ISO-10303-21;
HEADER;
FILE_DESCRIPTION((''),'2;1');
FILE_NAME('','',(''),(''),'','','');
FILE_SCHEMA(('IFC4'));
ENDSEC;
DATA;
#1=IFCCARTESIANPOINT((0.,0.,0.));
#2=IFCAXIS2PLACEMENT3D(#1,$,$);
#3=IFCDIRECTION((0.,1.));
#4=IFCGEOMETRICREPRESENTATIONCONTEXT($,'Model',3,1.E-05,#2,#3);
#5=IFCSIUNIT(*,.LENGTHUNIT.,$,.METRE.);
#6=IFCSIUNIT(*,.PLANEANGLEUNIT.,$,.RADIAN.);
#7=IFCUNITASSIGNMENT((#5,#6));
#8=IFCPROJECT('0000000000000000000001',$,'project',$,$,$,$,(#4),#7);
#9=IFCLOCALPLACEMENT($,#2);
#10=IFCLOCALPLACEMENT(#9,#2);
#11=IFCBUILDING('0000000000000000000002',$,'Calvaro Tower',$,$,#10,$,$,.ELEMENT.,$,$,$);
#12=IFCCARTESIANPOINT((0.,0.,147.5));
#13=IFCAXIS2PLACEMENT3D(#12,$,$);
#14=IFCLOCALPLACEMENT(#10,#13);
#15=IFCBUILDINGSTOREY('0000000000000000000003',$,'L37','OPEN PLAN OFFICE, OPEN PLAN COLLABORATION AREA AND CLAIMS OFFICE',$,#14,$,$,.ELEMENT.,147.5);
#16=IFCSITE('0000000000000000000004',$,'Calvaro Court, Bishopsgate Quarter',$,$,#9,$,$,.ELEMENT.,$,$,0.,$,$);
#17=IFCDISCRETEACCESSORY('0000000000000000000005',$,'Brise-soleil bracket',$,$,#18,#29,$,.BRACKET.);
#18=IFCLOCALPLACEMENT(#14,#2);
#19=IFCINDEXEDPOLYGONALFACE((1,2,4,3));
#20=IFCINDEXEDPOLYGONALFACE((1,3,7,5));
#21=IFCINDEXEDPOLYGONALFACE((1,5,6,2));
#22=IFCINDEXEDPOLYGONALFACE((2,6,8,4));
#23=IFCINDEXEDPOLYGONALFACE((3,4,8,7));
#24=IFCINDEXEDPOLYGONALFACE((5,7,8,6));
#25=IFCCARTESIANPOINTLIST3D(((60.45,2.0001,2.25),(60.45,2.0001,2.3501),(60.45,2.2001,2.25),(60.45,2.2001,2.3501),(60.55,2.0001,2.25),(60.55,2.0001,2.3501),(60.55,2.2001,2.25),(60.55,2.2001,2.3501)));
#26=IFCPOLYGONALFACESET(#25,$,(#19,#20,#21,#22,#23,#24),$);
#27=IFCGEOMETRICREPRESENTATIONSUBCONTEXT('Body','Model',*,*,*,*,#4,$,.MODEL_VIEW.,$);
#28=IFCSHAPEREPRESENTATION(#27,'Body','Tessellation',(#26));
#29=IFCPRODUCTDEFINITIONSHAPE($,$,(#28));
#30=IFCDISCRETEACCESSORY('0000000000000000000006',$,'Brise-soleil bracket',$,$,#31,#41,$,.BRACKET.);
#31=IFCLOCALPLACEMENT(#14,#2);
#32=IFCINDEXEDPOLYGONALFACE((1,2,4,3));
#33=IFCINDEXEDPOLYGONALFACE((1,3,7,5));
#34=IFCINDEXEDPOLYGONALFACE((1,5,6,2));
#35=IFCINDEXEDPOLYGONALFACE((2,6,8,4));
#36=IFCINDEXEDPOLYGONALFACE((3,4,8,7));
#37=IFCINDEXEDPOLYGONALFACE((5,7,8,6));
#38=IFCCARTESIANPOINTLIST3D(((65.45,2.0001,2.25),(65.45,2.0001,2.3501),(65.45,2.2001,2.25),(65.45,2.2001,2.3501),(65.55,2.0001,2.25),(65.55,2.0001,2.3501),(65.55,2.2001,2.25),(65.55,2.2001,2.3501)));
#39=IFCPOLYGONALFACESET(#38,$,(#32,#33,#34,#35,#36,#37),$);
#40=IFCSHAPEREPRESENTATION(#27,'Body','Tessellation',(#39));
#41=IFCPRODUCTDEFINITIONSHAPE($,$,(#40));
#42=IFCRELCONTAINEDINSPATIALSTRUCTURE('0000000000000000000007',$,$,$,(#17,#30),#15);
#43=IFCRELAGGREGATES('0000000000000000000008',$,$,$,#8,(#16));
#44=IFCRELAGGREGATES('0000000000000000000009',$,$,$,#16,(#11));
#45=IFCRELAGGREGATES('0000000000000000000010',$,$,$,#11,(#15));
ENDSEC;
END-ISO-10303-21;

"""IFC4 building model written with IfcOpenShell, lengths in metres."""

from ifc_helpers import new_model, si_unit, direction, frame, origin, origin_2d, place, context, subcontext, project, spatial, rectangle, extrude, element, save


model = new_model("IFC4")

# Units and contexts
model_context = context("Model", 3, precision=1e-05, world=origin(), true_north=direction((0.0, 1.0)))
body_context = subcontext(model_context, "Body", "Model", "MODEL_VIEW")
ifc_project = project(units=[si_unit("LENGTHUNIT", "METRE"), si_unit("PLANEANGLEUNIT", "RADIAN")], contexts=[model_context])

# Site, building, storey
site_placement = place(None, origin())
site = spatial("IfcSite", under=ifc_project, at=site_placement, Name="Calvaro Court, Bishopsgate Quarter", CompositionType="ELEMENT", RefElevation=0.0)
building_placement = place(site_placement, origin())
building = spatial("IfcBuilding", under=site, at=building_placement, Name="Calvaro Tower", CompositionType="ELEMENT")
storey_placement = place(building_placement, frame((0.0, 0.0, 147.5)))
storey = spatial("IfcBuildingStorey", under=building, at=storey_placement, Name="L37", Description="OPEN PLAN OFFICE, OPEN PLAN COLLABORATION AREA AND CLAIMS OFFICE", CompositionType="ELEMENT", Elevation=147.5)

# Discrete accessories
for number, where, z_axis, x_axis, name in (
    (1, (60.5, 2.1001, 2.25), (0.0, 0.0, 1.0), (1.0, 0.0, 0.0), "Brise-soleil bracket"),
    (2, (65.5, 2.1001, 2.25), (0.0, 0.0, 1.0), (1.0, 0.0, 0.0), "Brise-soleil bracket"),
):
    element("IfcDiscreteAccessory", number, at=place(storey_placement, frame(where, z_axis=z_axis, x_axis=x_axis)), inside=storey, Name=name, PredefinedType="BRACKET", context=body_context, shape_type="SweptSolid", body=[
        extrude(rectangle(XDim=0.1001, YDim=0.2, at=origin_2d()), origin(), (0.0, 0.0, 1.0), 0.1001),
    ])

save(model, "model.ifc")
